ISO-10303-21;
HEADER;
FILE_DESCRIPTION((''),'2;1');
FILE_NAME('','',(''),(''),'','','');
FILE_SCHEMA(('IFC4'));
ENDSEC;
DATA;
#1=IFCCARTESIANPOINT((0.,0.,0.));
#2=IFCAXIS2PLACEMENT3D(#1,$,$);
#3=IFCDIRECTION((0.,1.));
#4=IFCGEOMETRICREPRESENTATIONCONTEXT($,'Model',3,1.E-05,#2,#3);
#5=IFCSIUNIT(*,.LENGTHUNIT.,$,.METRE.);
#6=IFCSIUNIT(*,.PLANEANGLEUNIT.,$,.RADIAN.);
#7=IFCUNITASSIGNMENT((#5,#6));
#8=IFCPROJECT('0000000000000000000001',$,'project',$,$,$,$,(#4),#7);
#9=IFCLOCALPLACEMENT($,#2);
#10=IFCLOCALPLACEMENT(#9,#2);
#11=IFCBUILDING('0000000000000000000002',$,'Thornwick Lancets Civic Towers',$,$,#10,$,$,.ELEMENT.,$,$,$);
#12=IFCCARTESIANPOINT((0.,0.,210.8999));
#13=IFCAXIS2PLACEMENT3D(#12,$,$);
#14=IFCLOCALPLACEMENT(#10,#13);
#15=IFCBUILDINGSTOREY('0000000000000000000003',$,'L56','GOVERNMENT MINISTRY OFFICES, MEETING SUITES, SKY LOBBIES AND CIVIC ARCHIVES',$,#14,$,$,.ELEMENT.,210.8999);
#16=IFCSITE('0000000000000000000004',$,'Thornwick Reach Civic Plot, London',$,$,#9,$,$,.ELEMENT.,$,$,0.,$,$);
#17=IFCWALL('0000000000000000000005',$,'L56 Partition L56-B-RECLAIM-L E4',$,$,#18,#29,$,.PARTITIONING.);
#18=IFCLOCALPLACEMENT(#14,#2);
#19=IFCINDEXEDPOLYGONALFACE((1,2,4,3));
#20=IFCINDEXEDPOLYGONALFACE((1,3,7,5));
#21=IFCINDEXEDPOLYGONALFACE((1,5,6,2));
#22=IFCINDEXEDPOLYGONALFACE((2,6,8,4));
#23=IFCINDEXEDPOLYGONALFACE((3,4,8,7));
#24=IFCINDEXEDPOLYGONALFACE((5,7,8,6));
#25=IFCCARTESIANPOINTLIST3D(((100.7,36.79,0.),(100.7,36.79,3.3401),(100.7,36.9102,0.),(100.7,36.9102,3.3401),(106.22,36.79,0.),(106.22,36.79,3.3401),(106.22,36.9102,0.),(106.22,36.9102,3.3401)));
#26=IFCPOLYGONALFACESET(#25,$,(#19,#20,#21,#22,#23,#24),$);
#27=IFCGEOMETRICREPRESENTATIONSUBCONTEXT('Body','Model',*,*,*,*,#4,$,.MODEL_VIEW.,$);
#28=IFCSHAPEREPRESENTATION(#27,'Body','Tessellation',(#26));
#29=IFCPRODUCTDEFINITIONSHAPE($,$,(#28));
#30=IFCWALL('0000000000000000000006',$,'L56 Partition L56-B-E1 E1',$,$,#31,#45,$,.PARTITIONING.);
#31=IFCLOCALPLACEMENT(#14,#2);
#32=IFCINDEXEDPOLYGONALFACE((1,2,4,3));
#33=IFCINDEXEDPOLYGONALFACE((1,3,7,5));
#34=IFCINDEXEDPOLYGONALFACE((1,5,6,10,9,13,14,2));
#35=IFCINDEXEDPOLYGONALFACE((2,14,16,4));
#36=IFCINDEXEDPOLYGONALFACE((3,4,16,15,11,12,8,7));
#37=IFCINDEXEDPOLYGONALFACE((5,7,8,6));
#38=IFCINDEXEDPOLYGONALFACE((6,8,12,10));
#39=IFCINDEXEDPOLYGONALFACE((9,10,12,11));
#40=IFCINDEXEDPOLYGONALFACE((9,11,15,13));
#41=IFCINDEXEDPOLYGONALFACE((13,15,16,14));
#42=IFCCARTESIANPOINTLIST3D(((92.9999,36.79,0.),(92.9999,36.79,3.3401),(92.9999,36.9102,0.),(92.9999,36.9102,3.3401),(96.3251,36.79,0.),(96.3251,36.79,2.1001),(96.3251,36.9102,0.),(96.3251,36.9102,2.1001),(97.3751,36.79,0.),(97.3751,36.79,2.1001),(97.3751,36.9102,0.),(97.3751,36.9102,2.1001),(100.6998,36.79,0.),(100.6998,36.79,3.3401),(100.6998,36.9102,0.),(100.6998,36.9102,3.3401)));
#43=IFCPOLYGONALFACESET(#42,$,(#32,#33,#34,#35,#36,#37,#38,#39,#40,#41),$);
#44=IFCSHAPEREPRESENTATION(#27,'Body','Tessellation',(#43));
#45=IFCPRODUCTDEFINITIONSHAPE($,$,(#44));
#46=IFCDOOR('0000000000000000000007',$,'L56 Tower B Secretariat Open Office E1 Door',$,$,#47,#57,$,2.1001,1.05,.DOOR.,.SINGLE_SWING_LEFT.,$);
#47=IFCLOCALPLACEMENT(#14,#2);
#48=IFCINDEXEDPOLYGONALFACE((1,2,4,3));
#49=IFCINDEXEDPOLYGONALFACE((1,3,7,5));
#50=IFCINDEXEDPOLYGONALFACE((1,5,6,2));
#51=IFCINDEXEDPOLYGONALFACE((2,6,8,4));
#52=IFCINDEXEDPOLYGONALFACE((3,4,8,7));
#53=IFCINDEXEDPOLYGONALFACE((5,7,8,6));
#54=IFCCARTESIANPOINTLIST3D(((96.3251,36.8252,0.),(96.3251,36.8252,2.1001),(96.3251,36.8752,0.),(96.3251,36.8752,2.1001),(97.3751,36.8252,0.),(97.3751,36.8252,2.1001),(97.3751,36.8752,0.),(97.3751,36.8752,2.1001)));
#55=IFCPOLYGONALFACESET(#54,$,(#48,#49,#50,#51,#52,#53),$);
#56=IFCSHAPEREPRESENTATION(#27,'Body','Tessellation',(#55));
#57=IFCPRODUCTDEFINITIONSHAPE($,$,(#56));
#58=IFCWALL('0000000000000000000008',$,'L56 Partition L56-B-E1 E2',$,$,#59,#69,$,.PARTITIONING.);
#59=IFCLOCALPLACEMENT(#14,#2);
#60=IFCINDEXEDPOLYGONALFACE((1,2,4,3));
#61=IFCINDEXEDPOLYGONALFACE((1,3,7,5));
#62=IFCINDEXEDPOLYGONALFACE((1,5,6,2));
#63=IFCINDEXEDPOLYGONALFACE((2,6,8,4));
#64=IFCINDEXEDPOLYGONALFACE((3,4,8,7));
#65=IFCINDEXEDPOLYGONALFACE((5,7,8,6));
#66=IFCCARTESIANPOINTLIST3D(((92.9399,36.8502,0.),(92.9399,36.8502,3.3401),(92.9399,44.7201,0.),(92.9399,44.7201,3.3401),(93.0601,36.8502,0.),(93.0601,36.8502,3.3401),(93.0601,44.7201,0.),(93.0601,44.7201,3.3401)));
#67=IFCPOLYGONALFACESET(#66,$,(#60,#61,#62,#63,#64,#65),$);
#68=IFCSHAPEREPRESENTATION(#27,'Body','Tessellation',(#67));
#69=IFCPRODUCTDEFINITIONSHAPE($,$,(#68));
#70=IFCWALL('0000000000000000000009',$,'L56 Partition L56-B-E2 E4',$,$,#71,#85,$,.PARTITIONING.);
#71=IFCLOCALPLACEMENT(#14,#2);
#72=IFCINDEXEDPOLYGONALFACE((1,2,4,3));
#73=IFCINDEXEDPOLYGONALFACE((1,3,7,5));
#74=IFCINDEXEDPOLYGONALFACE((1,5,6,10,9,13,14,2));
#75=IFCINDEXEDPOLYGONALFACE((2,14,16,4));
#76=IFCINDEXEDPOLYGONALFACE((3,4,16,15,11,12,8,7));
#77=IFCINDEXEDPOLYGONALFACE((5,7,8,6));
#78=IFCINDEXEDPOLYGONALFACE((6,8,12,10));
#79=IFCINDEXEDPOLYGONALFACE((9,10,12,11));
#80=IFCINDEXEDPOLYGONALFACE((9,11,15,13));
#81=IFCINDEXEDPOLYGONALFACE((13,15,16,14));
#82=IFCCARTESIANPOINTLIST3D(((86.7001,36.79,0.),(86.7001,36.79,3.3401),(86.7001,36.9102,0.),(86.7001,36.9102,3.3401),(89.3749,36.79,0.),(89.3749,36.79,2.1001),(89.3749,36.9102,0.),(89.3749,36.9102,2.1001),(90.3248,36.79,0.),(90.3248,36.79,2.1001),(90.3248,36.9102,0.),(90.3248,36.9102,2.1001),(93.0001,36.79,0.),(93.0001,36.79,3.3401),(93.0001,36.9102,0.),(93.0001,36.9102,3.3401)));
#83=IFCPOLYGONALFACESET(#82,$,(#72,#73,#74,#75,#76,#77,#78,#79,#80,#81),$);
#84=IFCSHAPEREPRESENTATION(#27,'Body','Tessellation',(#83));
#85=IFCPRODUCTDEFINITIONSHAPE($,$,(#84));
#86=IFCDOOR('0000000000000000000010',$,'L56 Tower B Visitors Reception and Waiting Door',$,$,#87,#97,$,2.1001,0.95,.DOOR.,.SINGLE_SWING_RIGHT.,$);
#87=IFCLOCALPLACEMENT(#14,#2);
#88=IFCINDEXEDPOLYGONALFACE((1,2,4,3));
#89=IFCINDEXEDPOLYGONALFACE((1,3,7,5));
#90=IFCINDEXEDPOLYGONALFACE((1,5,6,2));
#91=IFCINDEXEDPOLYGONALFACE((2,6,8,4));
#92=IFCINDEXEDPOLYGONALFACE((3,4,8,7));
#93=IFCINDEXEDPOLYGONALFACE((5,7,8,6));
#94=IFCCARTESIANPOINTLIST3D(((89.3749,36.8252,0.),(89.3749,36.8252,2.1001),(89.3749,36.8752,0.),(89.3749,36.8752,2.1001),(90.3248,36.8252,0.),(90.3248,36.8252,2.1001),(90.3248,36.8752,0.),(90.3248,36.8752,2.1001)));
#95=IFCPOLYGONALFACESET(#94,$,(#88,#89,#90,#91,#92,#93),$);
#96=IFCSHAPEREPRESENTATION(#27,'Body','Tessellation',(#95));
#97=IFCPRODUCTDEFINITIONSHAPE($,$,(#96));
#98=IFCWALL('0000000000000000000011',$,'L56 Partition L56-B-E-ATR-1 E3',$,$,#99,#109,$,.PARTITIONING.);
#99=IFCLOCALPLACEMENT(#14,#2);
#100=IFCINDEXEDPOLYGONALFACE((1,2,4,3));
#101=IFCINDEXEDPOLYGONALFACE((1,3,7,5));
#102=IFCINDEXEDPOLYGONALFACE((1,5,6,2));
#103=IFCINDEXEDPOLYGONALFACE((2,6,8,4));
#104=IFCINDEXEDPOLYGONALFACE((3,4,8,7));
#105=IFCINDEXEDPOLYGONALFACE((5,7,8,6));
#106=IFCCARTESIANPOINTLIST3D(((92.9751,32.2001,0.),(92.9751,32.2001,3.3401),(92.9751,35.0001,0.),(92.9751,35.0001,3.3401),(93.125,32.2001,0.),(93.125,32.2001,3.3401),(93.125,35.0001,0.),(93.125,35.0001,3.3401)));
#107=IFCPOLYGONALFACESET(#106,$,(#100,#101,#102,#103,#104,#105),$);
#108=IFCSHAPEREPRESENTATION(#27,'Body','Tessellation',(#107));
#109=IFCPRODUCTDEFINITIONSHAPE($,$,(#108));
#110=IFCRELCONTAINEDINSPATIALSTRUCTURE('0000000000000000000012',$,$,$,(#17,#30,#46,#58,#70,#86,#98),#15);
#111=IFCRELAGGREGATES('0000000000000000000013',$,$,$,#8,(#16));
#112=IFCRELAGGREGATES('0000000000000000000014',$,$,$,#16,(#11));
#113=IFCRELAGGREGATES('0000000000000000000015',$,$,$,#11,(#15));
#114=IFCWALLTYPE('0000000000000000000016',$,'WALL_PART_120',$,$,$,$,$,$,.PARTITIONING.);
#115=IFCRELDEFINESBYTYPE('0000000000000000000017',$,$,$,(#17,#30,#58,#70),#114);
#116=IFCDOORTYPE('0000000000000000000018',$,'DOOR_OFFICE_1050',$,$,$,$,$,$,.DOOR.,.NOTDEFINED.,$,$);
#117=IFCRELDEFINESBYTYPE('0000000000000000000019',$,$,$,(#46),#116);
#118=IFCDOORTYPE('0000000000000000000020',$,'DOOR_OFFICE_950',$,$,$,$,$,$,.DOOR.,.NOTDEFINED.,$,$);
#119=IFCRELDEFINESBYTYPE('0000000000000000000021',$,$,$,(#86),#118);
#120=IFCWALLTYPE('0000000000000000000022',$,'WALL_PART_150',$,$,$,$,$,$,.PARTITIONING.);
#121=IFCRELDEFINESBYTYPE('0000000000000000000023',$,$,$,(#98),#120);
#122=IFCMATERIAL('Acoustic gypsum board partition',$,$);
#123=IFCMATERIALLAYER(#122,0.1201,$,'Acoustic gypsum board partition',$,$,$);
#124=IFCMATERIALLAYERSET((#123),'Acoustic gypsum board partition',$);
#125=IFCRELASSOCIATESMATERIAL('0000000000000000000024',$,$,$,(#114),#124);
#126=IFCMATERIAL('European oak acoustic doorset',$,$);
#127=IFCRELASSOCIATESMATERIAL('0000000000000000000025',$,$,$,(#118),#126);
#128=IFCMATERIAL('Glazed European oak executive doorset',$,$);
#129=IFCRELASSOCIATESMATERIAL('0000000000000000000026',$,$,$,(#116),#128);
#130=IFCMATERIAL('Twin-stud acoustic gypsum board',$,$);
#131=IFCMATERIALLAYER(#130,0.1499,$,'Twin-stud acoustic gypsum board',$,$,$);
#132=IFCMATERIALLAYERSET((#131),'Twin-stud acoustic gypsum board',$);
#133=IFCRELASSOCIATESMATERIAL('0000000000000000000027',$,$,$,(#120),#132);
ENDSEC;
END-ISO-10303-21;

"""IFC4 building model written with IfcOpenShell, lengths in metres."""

from ifc_helpers import new_model, si_unit, direction, frame, frame_2d, origin, place, context, subcontext, project, spatial, rectangle, extrude, material, layer, layer_set, type_object, element, fill, save


model = new_model("IFC4")

# Units and contexts
model_context = context("Model", 3, precision=1e-05, world=origin(), true_north=direction((0.0, 1.0)))
body_context = subcontext(model_context, "Body", "Model", "MODEL_VIEW")
ifc_project = project(units=[si_unit("LENGTHUNIT", "METRE"), si_unit("PLANEANGLEUNIT", "RADIAN")], contexts=[model_context])

# Site, building, storey
site_placement = place(None, origin())
site = spatial("IfcSite", under=ifc_project, at=site_placement, Name="Thornwick Reach Civic Plot, London", CompositionType="ELEMENT", RefElevation=0.0)
building_placement = place(site_placement, origin())
building = spatial("IfcBuilding", under=site, at=building_placement, Name="Thornwick Lancets Civic Towers", CompositionType="ELEMENT")
storey_placement = place(building_placement, frame((0.0, 0.0, 210.8999)))
storey = spatial("IfcBuildingStorey", under=building, at=storey_placement, Name="L56", Description="GOVERNMENT MINISTRY OFFICES, MEETING SUITES, SKY LOBBIES AND CIVIC ARCHIVES", CompositionType="ELEMENT", Elevation=210.8999)

# Shared definitions
ifc_material_1 = material(Name="Acoustic gypsum board partition")
ifc_layer_1 = layer(ifc_material_1, 0.1201, Name="Acoustic gypsum board partition")
ifc_layer_set_1 = layer_set([ifc_layer_1], Name="Acoustic gypsum board partition")
wall_type_1 = type_object("IfcWallType", Name="WALL_PART_120", PredefinedType="PARTITIONING", material=ifc_layer_set_1)

# Shared definitions
ifc_material_2 = material(Name="European oak acoustic doorset")
door_type_1 = type_object("IfcDoorType", Name="DOOR_OFFICE_950", OperationType="NOTDEFINED", PredefinedType="DOOR", material=ifc_material_2)

# Wall
wall_1_placement = place(storey_placement, frame((100.7, 36.8501, 0.0), z_axis=(0.0, 0.0, 1.0), x_axis=(1.0, 0.0, 0.0)))
element("IfcWall", 1, at=wall_1_placement, inside=storey, type_object=wall_type_1, Name="L56 Partition L56-B-RECLAIM-L E4", PredefinedType="PARTITIONING", context=body_context, shape_type="SweptSolid", body=[
    extrude(rectangle(XDim=5.52, YDim=0.1201, at=frame_2d((2.76, 0.0))), origin(), (0.0, 0.0, 1.0), 3.3401),
])

# Wall, opening, door
wall_2_placement = place(storey_placement, frame((100.7, 36.8501, 0.0), z_axis=(0.0, 0.0, 1.0), x_axis=(-1.0, 0.0, 0.0)))
wall_2 = element("IfcWall", 2, at=wall_2_placement, inside=storey, type_object=wall_type_1, Name="L56 Partition L56-B-E1 E1", PredefinedType="PARTITIONING", context=body_context, shape_type="SweptSolid", body=[
    extrude(rectangle(XDim=7.7, YDim=0.1201, at=frame_2d((3.8501, 0.0))), origin(), (0.0, 0.0, 1.0), 3.3401),
])
opening_1_placement = place(wall_2_placement, frame((3.325, 0.0, 0.0)))
opening_1 = element("IfcOpeningElement", 3, at=opening_1_placement, cuts=wall_2, PredefinedType="OPENING", context=body_context, shape_type="SweptSolid", body=[
    extrude(rectangle(XDim=1.05, YDim=2.1001, at=frame_2d((0.5249, 1.05))), frame((0.0, 0.0701, 0.0), z_axis=(0.0, -1.0, 0.0), x_axis=(1.0, 0.0, 0.0)), (0.0, 0.0, 1.0), 0.1401),
])
ifc_material_3 = material(Name="Glazed European oak executive doorset")
door_type_2 = type_object("IfcDoorType", Name="DOOR_OFFICE_1050", OperationType="NOTDEFINED", PredefinedType="DOOR", material=ifc_material_3)
door_1_placement = place(opening_1_placement, origin())
door_1 = element("IfcDoor", 4, at=door_1_placement, inside=storey, type_object=door_type_2, Name="L56 Tower B Secretariat Open Office E1 Door", OperationType="SINGLE_SWING_LEFT", OverallHeight=2.1001, OverallWidth=1.05, PredefinedType="DOOR", context=body_context, shape_type="SweptSolid", body=[
    extrude(rectangle(XDim=1.05, YDim=2.1001, at=frame_2d((0.5249, 1.05))), frame((0.0, 0.0249, 0.0), z_axis=(0.0, -1.0, 0.0), x_axis=(1.0, 0.0, 0.0)), (0.0, 0.0, 1.0), 0.05),
])
fill(opening_1, door_1)

# Wall
wall_3_placement = place(storey_placement, frame((93.0, 36.8501, 0.0), z_axis=(0.0, 0.0, 1.0), x_axis=(0.0, 1.0, 0.0)))
element("IfcWall", 5, at=wall_3_placement, inside=storey, type_object=wall_type_1, Name="L56 Partition L56-B-E1 E2", PredefinedType="PARTITIONING", context=body_context, shape_type="SweptSolid", body=[
    extrude(rectangle(XDim=7.8699, YDim=0.1201, at=frame_2d((3.9351, 0.0))), origin(), (0.0, 0.0, 1.0), 3.3401),
])

# Wall, opening, door
wall_4_placement = place(storey_placement, frame((93.0, 36.8501, 0.0), z_axis=(0.0, 0.0, 1.0), x_axis=(-1.0, 0.0, 0.0)))
wall_4 = element("IfcWall", 6, at=wall_4_placement, inside=storey, type_object=wall_type_1, Name="L56 Partition L56-B-E2 E4", PredefinedType="PARTITIONING", context=body_context, shape_type="SweptSolid", body=[
    extrude(rectangle(XDim=6.3, YDim=0.1201, at=frame_2d((3.1499, 0.0))), origin(), (0.0, 0.0, 1.0), 3.3401),
])
opening_2_placement = place(wall_4_placement, frame((2.675, 0.0, 0.0)))
opening_2 = element("IfcOpeningElement", 7, at=opening_2_placement, cuts=wall_4, PredefinedType="OPENING", context=body_context, shape_type="SweptSolid", body=[
    extrude(rectangle(XDim=0.95, YDim=2.1001, at=frame_2d((0.4751, 1.05))), frame((0.0, 0.0701, 0.0), z_axis=(0.0, -1.0, 0.0), x_axis=(1.0, 0.0, 0.0)), (0.0, 0.0, 1.0), 0.1401),
])
door_2_placement = place(opening_2_placement, origin())
door_2 = element("IfcDoor", 8, at=door_2_placement, inside=storey, type_object=door_type_1, Name="L56 Tower B Visitors Reception and Waiting Door", OperationType="SINGLE_SWING_RIGHT", OverallHeight=2.1001, OverallWidth=0.95, PredefinedType="DOOR", context=body_context, shape_type="SweptSolid", body=[
    extrude(rectangle(XDim=0.95, YDim=2.1001, at=frame_2d((0.4751, 1.05))), frame((0.0, 0.0249, 0.0), z_axis=(0.0, -1.0, 0.0), x_axis=(1.0, 0.0, 0.0)), (0.0, 0.0, 1.0), 0.05),
])
fill(opening_2, door_2)
ifc_material_4 = material(Name="Twin-stud acoustic gypsum board")
ifc_layer_2 = layer(ifc_material_4, 0.1499, Name="Twin-stud acoustic gypsum board")
ifc_layer_set_2 = layer_set([ifc_layer_2], Name="Twin-stud acoustic gypsum board")
wall_type_2 = type_object("IfcWallType", Name="WALL_PART_150", PredefinedType="PARTITIONING", material=ifc_layer_set_2)

# Wall
wall_5_placement = place(storey_placement, frame((93.05, 35.0, 0.0), z_axis=(0.0, 0.0, 1.0), x_axis=(0.0, -1.0, 0.0)))
element("IfcWall", 9, at=wall_5_placement, inside=storey, type_object=wall_type_2, Name="L56 Partition L56-B-E-ATR-1 E3", PredefinedType="PARTITIONING", context=body_context, shape_type="SweptSolid", body=[
    extrude(rectangle(XDim=2.8, YDim=0.1499, at=frame_2d((1.3999, 0.0))), origin(), (0.0, 0.0, 1.0), 3.3401),
])

save(model, "model.ifc")
